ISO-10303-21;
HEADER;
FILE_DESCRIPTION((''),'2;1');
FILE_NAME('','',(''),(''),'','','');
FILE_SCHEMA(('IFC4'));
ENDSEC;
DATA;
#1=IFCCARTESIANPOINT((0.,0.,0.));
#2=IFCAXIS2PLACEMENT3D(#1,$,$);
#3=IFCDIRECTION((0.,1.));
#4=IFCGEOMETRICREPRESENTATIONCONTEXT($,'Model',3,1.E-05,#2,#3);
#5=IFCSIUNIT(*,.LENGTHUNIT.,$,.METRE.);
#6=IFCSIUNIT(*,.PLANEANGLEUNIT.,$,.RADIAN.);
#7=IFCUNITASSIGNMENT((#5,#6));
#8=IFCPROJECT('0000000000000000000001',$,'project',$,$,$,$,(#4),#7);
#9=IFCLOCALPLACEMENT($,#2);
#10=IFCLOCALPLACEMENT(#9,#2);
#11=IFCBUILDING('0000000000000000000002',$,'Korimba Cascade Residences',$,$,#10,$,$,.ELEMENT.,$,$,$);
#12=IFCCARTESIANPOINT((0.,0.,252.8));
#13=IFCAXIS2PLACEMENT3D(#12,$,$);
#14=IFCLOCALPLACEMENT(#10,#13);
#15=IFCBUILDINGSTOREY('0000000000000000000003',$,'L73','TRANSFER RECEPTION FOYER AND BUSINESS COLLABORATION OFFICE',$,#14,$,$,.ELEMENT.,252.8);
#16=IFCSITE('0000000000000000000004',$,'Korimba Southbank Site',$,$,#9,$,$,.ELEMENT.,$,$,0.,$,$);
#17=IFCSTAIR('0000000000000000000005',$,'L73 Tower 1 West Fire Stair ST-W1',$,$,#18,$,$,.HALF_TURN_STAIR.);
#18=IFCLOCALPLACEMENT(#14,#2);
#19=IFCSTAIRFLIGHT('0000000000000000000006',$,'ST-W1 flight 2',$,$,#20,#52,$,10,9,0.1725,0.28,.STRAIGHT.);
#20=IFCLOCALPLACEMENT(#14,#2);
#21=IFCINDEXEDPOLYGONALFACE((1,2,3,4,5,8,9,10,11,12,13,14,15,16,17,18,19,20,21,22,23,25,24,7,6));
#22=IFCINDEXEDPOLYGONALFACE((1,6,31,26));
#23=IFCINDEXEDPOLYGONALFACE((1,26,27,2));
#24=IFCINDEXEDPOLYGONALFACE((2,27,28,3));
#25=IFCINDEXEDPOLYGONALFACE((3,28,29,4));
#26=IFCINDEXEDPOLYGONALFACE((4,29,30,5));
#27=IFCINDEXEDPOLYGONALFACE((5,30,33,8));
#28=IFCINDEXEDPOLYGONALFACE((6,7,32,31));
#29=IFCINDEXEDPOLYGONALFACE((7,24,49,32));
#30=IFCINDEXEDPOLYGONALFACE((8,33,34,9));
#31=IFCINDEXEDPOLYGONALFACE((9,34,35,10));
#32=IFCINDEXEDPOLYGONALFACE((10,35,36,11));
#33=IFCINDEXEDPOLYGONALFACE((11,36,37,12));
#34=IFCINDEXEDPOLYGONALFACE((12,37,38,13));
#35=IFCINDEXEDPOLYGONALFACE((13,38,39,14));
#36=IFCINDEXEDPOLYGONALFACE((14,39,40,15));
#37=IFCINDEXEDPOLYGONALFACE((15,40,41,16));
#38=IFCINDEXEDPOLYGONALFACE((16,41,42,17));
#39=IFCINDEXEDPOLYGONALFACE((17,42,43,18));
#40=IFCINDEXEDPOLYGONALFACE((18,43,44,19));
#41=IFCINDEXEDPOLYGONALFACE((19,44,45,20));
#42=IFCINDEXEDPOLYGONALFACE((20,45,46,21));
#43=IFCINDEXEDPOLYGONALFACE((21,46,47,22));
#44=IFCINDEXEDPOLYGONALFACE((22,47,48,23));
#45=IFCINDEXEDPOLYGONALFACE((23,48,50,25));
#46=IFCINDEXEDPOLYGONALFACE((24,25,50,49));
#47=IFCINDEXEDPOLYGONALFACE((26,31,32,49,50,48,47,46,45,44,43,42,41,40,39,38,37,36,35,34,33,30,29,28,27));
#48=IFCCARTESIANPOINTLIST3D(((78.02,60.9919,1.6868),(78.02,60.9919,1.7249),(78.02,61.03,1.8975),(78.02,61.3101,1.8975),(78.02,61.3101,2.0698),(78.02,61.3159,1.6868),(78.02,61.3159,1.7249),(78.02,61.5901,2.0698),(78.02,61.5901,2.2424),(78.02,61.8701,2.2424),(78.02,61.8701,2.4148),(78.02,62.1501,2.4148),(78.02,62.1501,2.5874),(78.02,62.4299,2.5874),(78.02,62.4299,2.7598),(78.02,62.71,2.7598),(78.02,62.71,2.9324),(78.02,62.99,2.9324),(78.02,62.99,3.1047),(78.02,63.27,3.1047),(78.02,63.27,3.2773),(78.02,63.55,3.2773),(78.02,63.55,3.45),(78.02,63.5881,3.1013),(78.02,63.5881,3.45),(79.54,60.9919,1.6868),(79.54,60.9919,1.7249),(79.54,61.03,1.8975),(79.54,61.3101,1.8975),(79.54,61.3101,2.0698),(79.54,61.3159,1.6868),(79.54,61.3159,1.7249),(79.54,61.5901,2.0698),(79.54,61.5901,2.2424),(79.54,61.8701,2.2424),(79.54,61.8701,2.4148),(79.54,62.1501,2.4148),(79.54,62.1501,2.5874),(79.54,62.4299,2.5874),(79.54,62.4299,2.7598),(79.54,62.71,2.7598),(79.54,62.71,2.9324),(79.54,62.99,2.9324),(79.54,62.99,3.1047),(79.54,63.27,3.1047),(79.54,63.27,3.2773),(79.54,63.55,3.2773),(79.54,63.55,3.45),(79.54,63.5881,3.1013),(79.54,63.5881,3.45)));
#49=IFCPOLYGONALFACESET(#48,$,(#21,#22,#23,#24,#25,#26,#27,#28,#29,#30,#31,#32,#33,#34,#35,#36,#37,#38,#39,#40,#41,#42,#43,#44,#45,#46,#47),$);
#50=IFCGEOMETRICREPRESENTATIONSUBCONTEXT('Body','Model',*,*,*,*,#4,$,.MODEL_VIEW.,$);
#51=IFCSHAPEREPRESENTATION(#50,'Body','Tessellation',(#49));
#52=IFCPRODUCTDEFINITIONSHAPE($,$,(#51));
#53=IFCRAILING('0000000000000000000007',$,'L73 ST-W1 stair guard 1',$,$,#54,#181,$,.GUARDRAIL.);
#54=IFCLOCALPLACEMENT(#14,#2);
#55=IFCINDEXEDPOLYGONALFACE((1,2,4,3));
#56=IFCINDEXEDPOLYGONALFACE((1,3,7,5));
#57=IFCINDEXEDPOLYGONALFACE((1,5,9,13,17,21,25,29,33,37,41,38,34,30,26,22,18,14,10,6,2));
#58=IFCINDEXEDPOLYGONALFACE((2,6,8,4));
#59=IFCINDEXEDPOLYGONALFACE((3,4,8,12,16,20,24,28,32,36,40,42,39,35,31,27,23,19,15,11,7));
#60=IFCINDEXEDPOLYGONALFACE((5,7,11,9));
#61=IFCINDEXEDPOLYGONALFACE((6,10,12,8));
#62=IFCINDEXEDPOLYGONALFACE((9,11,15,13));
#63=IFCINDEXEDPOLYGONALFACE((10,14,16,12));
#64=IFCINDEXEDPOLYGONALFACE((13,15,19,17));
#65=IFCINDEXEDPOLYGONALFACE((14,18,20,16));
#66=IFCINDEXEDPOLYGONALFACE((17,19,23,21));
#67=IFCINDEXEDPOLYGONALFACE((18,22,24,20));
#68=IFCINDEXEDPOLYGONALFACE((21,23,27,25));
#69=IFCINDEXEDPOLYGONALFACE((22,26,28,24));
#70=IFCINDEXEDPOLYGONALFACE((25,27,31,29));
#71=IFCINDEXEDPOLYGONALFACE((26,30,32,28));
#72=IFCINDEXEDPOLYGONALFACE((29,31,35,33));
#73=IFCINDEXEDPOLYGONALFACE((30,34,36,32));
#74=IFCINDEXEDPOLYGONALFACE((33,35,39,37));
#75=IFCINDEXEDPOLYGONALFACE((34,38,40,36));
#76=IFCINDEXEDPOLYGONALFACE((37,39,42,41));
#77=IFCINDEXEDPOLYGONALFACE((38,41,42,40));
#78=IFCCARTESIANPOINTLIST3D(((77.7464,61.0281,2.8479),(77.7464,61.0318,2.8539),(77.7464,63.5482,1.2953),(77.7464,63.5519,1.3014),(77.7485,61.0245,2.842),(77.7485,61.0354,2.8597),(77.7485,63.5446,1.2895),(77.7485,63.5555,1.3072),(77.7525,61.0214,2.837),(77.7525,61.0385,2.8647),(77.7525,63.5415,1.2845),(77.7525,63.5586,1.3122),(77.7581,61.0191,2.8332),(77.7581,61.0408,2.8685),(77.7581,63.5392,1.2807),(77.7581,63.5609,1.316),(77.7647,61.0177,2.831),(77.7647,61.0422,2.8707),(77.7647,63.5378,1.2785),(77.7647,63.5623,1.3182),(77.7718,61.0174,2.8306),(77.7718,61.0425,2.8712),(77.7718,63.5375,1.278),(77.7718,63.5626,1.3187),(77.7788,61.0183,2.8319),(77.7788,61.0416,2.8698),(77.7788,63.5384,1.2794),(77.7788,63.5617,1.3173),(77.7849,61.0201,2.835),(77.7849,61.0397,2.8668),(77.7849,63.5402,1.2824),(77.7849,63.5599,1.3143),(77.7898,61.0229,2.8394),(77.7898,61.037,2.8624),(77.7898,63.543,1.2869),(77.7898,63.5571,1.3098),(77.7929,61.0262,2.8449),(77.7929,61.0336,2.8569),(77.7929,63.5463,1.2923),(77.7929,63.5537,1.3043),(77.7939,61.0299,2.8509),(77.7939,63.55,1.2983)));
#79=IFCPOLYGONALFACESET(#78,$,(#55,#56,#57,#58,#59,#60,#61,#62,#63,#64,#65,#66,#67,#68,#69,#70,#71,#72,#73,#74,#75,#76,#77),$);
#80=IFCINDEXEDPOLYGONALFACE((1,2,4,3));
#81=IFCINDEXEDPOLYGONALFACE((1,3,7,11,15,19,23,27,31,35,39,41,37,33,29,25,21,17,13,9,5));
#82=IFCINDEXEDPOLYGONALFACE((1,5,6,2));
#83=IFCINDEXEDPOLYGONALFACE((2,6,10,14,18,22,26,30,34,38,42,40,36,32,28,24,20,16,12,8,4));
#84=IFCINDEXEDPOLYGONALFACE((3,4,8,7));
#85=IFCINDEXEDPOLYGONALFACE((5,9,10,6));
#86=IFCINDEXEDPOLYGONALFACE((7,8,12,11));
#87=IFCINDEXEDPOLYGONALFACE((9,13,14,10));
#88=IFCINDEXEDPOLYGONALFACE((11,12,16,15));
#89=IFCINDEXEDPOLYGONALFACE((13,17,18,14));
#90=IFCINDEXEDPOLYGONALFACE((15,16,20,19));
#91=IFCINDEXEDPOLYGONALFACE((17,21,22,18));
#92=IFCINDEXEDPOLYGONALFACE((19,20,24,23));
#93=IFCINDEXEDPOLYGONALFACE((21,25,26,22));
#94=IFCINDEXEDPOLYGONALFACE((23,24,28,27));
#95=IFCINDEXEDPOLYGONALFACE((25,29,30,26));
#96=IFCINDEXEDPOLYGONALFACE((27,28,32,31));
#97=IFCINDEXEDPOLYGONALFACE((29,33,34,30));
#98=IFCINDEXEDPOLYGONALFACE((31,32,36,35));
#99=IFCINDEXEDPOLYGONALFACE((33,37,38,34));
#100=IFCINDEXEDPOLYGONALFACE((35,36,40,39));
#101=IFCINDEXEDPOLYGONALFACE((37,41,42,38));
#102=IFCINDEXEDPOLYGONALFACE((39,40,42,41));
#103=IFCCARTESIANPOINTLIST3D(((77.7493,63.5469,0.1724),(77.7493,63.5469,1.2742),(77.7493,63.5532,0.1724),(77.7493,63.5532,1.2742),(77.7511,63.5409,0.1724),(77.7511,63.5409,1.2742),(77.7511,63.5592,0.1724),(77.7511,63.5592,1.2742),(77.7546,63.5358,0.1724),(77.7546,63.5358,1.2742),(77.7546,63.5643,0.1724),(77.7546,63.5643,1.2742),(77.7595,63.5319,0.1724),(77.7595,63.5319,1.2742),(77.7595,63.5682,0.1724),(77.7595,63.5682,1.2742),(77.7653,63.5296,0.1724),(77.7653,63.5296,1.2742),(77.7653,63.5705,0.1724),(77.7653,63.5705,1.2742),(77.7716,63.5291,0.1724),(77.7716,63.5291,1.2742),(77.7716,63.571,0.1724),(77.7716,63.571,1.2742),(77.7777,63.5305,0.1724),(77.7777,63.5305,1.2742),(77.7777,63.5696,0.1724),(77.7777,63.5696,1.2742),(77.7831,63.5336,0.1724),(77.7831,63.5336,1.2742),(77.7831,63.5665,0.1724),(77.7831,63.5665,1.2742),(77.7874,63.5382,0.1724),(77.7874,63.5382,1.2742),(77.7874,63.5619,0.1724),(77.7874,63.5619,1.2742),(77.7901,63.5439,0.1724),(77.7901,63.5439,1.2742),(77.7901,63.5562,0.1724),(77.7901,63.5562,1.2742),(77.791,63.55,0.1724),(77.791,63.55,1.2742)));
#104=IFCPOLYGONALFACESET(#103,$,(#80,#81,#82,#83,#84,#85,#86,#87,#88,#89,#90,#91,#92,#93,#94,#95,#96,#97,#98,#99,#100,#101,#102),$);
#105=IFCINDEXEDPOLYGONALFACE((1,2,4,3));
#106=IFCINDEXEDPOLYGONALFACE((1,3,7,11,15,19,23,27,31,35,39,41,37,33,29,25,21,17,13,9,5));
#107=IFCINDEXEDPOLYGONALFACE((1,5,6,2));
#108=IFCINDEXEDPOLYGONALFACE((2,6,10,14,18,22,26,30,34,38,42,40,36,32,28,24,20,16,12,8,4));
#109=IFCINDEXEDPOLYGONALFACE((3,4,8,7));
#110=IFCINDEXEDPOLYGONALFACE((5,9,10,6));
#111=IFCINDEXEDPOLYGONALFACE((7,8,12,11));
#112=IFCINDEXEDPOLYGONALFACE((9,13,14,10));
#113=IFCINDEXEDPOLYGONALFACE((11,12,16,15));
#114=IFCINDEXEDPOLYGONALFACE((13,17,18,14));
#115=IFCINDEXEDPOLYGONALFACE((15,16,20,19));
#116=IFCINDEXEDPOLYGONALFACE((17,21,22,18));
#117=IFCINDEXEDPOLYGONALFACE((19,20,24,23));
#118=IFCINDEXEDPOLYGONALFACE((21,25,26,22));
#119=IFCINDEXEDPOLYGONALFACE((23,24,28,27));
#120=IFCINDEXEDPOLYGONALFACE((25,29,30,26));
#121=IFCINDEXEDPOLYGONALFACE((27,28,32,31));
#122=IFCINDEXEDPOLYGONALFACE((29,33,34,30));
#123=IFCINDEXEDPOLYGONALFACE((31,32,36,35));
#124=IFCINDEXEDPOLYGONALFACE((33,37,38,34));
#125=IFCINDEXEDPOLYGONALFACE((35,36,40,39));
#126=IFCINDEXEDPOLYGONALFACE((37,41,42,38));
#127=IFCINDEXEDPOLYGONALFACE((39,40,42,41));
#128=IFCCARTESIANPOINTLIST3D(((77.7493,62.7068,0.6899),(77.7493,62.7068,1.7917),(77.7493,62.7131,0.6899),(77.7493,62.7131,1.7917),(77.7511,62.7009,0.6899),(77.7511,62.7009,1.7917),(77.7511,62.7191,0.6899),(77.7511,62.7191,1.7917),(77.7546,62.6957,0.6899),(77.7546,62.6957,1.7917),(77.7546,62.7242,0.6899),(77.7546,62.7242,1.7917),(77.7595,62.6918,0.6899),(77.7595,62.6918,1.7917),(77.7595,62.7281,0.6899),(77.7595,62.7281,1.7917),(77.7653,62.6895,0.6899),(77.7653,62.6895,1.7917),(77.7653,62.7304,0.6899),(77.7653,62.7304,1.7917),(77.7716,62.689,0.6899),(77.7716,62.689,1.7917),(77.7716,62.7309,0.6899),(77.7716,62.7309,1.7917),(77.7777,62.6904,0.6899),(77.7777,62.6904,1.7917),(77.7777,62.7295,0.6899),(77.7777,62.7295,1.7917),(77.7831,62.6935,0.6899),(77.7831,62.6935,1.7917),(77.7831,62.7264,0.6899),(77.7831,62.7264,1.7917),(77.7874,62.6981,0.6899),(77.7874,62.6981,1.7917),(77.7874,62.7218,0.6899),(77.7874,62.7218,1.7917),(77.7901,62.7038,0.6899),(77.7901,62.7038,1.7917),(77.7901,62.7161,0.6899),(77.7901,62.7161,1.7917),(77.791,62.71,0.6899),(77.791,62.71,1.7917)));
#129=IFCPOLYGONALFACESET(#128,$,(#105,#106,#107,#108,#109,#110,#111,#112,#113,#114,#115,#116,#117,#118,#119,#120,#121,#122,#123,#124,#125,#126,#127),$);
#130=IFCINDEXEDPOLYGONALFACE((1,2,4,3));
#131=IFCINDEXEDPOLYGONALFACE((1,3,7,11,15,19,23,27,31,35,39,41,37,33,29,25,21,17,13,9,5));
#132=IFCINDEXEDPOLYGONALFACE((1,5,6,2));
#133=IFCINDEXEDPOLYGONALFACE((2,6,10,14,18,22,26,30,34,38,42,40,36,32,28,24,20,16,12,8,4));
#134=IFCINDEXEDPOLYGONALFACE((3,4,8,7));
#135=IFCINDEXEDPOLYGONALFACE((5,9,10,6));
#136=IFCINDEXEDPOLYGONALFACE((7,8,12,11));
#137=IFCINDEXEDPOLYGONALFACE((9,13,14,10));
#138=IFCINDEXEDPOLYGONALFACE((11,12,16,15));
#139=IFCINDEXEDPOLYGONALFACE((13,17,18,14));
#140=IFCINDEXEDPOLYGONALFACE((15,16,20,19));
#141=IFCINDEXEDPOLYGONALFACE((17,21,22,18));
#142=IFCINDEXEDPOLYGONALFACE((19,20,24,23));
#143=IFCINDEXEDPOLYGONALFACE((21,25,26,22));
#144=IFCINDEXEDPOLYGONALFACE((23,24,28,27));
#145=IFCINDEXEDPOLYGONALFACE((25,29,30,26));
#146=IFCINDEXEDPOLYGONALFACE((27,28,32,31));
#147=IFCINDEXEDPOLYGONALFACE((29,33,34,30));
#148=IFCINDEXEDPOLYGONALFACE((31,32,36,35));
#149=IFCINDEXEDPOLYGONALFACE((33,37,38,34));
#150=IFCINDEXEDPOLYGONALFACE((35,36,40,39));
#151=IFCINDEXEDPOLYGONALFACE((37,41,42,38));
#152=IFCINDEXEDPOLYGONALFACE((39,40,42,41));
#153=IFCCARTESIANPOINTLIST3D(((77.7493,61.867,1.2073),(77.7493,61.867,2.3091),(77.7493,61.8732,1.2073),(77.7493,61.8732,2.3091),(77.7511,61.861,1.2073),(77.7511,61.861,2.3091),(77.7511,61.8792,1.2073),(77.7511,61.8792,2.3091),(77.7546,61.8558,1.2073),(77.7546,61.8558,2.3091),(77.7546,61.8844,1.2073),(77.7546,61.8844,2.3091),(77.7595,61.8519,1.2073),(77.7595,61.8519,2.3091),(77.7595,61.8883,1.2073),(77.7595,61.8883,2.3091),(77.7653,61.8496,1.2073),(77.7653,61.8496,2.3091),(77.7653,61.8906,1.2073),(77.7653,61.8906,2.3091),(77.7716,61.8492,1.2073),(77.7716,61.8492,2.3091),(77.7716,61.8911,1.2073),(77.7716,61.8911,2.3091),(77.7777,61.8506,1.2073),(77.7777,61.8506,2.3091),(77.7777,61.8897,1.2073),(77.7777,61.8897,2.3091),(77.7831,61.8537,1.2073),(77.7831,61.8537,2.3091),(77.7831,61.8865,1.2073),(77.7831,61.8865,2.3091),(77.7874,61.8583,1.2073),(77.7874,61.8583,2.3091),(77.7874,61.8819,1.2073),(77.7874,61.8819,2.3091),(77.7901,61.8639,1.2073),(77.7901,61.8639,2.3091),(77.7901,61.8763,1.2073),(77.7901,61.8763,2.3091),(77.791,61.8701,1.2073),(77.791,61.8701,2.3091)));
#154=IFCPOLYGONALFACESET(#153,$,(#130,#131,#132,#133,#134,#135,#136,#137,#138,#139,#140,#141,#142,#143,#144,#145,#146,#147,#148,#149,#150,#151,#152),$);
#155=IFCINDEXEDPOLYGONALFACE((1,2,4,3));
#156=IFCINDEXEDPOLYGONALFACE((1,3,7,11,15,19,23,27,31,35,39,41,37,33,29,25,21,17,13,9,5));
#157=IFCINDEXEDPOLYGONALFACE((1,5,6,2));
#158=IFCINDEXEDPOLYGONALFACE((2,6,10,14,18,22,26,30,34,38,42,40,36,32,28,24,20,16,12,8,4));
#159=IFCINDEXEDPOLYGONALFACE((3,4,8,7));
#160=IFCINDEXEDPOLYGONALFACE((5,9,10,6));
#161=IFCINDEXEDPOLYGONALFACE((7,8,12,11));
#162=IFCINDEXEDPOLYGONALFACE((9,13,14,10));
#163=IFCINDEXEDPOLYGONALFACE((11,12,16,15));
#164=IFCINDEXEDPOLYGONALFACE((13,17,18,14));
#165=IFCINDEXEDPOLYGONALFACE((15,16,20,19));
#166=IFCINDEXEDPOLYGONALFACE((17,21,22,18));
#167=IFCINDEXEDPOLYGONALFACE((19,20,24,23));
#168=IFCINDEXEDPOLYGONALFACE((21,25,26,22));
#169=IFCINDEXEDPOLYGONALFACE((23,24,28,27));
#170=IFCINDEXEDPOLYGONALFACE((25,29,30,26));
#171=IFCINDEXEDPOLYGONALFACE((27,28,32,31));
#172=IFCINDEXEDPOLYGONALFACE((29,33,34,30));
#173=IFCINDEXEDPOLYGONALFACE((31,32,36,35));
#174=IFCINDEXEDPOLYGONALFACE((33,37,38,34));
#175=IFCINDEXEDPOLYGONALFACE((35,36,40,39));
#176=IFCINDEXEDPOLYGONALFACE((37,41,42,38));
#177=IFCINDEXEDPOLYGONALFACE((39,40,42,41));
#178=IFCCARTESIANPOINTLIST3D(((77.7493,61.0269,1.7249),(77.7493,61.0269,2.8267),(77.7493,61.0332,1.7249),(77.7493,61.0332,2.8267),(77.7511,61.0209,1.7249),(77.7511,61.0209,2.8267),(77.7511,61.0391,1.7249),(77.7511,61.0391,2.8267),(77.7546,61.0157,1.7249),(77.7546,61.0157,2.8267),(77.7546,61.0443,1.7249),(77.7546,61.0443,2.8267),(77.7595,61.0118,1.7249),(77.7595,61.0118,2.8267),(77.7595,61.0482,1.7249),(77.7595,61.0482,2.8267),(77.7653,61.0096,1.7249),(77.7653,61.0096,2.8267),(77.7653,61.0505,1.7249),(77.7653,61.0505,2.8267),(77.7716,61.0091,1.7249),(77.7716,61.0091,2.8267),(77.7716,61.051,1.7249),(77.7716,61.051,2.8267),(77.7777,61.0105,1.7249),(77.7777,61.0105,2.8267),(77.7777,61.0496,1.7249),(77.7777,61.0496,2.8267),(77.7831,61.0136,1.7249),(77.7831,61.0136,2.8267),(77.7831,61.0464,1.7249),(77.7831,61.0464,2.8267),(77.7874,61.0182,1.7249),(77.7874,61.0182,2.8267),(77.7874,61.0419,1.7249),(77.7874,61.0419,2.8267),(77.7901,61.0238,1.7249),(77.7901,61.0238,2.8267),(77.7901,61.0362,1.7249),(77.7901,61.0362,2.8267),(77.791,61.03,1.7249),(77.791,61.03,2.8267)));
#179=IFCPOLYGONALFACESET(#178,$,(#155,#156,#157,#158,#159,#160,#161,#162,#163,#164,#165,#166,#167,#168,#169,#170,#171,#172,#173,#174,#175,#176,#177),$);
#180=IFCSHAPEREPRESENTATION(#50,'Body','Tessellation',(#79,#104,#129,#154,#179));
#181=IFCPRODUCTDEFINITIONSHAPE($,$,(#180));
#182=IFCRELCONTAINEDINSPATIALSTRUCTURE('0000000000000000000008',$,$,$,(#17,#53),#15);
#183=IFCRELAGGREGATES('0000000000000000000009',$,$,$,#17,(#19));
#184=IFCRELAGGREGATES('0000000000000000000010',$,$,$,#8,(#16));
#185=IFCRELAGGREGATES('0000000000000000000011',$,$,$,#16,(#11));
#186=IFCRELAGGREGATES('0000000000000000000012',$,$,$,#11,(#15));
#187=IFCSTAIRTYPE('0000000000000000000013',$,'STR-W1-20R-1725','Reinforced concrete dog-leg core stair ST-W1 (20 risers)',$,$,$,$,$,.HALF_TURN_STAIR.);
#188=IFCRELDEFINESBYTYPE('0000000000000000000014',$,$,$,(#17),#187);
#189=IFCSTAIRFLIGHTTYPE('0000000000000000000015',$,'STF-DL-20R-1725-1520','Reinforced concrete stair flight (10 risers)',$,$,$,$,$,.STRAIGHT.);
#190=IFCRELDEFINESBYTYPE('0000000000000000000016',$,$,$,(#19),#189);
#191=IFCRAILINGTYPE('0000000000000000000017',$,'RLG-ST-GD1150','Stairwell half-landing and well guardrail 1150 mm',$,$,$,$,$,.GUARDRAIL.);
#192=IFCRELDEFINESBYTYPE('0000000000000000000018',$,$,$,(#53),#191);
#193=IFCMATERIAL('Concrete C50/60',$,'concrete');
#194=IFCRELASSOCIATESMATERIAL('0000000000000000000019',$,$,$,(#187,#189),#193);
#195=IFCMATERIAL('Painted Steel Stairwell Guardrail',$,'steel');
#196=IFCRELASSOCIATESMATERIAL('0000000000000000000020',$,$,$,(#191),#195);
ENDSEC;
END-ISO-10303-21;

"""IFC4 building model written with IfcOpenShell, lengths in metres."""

from ifc_helpers import new_model, si_unit, direction, frame, origin, origin_2d, place, context, subcontext, project, spatial, polyline, circle, outline, extrude, material, type_object, element, aggregate, save


model = new_model("IFC4")

# Units and contexts
model_context = context("Model", 3, precision=1e-05, world=origin(), true_north=direction((0.0, 1.0)))
body_context = subcontext(model_context, "Body", "Model", "MODEL_VIEW")
ifc_project = project(units=[si_unit("LENGTHUNIT", "METRE"), si_unit("PLANEANGLEUNIT", "RADIAN")], contexts=[model_context])

# Site, building, storey
site_placement = place(None, origin())
site = spatial("IfcSite", under=ifc_project, at=site_placement, Name="Korimba Southbank Site", CompositionType="ELEMENT", RefElevation=0.0)
building_placement = place(site_placement, origin())
building = spatial("IfcBuilding", under=site, at=building_placement, Name="Korimba Cascade Residences", CompositionType="ELEMENT")
storey_placement = place(building_placement, frame((0.0, 0.0, 252.8)))
storey = spatial("IfcBuildingStorey", under=building, at=storey_placement, Name="L73", Description="TRANSFER RECEPTION FOYER AND BUSINESS COLLABORATION OFFICE", CompositionType="ELEMENT", Elevation=252.8)

# Shared definitions
ifc_material_1 = material(Name="Concrete C50/60", Category="concrete")

# Stair, stair flight
stair_type = type_object("IfcStairType", Name="STR-W1-20R-1725", Description="Reinforced concrete dog-leg core stair ST-W1 (20 risers)", PredefinedType="HALF_TURN_STAIR", material=ifc_material_1)
stair_placement = place(storey_placement, origin())
stair = element("IfcStair", 1, at=stair_placement, inside=storey, type_object=stair_type, Name="L73 Tower 1 West Fire Stair ST-W1", PredefinedType="HALF_TURN_STAIR")
stair_flight_type = type_object("IfcStairFlightType", Name="STF-DL-20R-1725-1520", Description="Reinforced concrete stair flight (10 risers)", PredefinedType="STRAIGHT", material=ifc_material_1)
stair_flight_1_placement = place(storey_placement, frame((78.78, 61.03, 1.7249), z_axis=(0.0, 0.0, 1.0), x_axis=(0.0, 1.0, 0.0)))
stair_flight_1 = element("IfcStairFlight", 2, at=stair_flight_1_placement, type_object=stair_flight_type, Name="ST-W1 flight 2", NumberOfRisers=10, NumberOfTreads=9, PredefinedType="STRAIGHT", RiserHeight=0.1725, TreadLength=0.28, context=body_context, shape_type="SweptSolid", body=[
    extrude(outline(polyline([(-0.0381, 0.0), (0.0, 0.1726), (0.28, 0.1726), (0.28, 0.345), (0.5601, 0.345), (0.5601, 0.5176), (0.8401, 0.5176), (0.8401, 0.6899), (1.1201, 0.6899), (1.1201, 0.8625), (1.3999, 0.8625), (1.3999, 1.0349), (1.6799, 1.0349), (1.6799, 1.2075), (1.96, 1.2075), (1.96, 1.3799), (2.24, 1.3799), (2.24, 1.5525), (2.52, 1.5525), (2.52, 1.7251), (2.5581, 1.7251), (2.5581, 1.3765), (0.2859, 0.0), (0.2859, -0.0381), (-0.0381, -0.0381), (-0.0381, 0.0)])), frame((0.0, 0.76, 0.0), z_axis=(0.0, -1.0, 0.0), x_axis=(1.0, 0.0, 0.0)), (0.0, 0.0, 1.0), 1.52),
])
aggregate(stair, [stair_flight_1])

# Railing
ifc_material_2 = material(Name="Painted Steel Stairwell Guardrail", Category="steel")
railing_type_1 = type_object("IfcRailingType", Name="RLG-ST-GD1150", Description="Stairwell half-landing and well guardrail 1150 mm", PredefinedType="GUARDRAIL", material=ifc_material_2)
railing_1_placement = place(storey_placement, frame((77.77, 63.55, 0.1724)))
element("IfcRailing", 3, at=railing_1_placement, inside=storey, type_object=railing_type_1, Name="L73 ST-W1 stair guard 1", PredefinedType="GUARDRAIL", context=body_context, shape_type="SweptSolid", body=[
    extrude(circle(Radius=0.0239, at=origin_2d()), frame((0.0, 0.0, 1.126), z_axis=(0.0, -0.8514, 0.524516), x_axis=(1.0, 0.0, 0.0)), (0.0, 0.0, 1.0), 2.96),
    extrude(circle(Radius=0.021, at=origin_2d()), origin(), (0.0, 0.0, 1.0), 1.1018),
    extrude(circle(Radius=0.021, at=origin_2d()), frame((0.0, -0.8401, 0.5176)), (0.0, 0.0, 1.0), 1.1018),
    extrude(circle(Radius=0.021, at=origin_2d()), frame((0.0, -1.6799, 1.0349)), (0.0, 0.0, 1.0), 1.1018),
    extrude(circle(Radius=0.021, at=origin_2d()), frame((0.0, -2.52, 1.5525)), (0.0, 0.0, 1.0), 1.1018),
])

save(model, "model.ifc")
